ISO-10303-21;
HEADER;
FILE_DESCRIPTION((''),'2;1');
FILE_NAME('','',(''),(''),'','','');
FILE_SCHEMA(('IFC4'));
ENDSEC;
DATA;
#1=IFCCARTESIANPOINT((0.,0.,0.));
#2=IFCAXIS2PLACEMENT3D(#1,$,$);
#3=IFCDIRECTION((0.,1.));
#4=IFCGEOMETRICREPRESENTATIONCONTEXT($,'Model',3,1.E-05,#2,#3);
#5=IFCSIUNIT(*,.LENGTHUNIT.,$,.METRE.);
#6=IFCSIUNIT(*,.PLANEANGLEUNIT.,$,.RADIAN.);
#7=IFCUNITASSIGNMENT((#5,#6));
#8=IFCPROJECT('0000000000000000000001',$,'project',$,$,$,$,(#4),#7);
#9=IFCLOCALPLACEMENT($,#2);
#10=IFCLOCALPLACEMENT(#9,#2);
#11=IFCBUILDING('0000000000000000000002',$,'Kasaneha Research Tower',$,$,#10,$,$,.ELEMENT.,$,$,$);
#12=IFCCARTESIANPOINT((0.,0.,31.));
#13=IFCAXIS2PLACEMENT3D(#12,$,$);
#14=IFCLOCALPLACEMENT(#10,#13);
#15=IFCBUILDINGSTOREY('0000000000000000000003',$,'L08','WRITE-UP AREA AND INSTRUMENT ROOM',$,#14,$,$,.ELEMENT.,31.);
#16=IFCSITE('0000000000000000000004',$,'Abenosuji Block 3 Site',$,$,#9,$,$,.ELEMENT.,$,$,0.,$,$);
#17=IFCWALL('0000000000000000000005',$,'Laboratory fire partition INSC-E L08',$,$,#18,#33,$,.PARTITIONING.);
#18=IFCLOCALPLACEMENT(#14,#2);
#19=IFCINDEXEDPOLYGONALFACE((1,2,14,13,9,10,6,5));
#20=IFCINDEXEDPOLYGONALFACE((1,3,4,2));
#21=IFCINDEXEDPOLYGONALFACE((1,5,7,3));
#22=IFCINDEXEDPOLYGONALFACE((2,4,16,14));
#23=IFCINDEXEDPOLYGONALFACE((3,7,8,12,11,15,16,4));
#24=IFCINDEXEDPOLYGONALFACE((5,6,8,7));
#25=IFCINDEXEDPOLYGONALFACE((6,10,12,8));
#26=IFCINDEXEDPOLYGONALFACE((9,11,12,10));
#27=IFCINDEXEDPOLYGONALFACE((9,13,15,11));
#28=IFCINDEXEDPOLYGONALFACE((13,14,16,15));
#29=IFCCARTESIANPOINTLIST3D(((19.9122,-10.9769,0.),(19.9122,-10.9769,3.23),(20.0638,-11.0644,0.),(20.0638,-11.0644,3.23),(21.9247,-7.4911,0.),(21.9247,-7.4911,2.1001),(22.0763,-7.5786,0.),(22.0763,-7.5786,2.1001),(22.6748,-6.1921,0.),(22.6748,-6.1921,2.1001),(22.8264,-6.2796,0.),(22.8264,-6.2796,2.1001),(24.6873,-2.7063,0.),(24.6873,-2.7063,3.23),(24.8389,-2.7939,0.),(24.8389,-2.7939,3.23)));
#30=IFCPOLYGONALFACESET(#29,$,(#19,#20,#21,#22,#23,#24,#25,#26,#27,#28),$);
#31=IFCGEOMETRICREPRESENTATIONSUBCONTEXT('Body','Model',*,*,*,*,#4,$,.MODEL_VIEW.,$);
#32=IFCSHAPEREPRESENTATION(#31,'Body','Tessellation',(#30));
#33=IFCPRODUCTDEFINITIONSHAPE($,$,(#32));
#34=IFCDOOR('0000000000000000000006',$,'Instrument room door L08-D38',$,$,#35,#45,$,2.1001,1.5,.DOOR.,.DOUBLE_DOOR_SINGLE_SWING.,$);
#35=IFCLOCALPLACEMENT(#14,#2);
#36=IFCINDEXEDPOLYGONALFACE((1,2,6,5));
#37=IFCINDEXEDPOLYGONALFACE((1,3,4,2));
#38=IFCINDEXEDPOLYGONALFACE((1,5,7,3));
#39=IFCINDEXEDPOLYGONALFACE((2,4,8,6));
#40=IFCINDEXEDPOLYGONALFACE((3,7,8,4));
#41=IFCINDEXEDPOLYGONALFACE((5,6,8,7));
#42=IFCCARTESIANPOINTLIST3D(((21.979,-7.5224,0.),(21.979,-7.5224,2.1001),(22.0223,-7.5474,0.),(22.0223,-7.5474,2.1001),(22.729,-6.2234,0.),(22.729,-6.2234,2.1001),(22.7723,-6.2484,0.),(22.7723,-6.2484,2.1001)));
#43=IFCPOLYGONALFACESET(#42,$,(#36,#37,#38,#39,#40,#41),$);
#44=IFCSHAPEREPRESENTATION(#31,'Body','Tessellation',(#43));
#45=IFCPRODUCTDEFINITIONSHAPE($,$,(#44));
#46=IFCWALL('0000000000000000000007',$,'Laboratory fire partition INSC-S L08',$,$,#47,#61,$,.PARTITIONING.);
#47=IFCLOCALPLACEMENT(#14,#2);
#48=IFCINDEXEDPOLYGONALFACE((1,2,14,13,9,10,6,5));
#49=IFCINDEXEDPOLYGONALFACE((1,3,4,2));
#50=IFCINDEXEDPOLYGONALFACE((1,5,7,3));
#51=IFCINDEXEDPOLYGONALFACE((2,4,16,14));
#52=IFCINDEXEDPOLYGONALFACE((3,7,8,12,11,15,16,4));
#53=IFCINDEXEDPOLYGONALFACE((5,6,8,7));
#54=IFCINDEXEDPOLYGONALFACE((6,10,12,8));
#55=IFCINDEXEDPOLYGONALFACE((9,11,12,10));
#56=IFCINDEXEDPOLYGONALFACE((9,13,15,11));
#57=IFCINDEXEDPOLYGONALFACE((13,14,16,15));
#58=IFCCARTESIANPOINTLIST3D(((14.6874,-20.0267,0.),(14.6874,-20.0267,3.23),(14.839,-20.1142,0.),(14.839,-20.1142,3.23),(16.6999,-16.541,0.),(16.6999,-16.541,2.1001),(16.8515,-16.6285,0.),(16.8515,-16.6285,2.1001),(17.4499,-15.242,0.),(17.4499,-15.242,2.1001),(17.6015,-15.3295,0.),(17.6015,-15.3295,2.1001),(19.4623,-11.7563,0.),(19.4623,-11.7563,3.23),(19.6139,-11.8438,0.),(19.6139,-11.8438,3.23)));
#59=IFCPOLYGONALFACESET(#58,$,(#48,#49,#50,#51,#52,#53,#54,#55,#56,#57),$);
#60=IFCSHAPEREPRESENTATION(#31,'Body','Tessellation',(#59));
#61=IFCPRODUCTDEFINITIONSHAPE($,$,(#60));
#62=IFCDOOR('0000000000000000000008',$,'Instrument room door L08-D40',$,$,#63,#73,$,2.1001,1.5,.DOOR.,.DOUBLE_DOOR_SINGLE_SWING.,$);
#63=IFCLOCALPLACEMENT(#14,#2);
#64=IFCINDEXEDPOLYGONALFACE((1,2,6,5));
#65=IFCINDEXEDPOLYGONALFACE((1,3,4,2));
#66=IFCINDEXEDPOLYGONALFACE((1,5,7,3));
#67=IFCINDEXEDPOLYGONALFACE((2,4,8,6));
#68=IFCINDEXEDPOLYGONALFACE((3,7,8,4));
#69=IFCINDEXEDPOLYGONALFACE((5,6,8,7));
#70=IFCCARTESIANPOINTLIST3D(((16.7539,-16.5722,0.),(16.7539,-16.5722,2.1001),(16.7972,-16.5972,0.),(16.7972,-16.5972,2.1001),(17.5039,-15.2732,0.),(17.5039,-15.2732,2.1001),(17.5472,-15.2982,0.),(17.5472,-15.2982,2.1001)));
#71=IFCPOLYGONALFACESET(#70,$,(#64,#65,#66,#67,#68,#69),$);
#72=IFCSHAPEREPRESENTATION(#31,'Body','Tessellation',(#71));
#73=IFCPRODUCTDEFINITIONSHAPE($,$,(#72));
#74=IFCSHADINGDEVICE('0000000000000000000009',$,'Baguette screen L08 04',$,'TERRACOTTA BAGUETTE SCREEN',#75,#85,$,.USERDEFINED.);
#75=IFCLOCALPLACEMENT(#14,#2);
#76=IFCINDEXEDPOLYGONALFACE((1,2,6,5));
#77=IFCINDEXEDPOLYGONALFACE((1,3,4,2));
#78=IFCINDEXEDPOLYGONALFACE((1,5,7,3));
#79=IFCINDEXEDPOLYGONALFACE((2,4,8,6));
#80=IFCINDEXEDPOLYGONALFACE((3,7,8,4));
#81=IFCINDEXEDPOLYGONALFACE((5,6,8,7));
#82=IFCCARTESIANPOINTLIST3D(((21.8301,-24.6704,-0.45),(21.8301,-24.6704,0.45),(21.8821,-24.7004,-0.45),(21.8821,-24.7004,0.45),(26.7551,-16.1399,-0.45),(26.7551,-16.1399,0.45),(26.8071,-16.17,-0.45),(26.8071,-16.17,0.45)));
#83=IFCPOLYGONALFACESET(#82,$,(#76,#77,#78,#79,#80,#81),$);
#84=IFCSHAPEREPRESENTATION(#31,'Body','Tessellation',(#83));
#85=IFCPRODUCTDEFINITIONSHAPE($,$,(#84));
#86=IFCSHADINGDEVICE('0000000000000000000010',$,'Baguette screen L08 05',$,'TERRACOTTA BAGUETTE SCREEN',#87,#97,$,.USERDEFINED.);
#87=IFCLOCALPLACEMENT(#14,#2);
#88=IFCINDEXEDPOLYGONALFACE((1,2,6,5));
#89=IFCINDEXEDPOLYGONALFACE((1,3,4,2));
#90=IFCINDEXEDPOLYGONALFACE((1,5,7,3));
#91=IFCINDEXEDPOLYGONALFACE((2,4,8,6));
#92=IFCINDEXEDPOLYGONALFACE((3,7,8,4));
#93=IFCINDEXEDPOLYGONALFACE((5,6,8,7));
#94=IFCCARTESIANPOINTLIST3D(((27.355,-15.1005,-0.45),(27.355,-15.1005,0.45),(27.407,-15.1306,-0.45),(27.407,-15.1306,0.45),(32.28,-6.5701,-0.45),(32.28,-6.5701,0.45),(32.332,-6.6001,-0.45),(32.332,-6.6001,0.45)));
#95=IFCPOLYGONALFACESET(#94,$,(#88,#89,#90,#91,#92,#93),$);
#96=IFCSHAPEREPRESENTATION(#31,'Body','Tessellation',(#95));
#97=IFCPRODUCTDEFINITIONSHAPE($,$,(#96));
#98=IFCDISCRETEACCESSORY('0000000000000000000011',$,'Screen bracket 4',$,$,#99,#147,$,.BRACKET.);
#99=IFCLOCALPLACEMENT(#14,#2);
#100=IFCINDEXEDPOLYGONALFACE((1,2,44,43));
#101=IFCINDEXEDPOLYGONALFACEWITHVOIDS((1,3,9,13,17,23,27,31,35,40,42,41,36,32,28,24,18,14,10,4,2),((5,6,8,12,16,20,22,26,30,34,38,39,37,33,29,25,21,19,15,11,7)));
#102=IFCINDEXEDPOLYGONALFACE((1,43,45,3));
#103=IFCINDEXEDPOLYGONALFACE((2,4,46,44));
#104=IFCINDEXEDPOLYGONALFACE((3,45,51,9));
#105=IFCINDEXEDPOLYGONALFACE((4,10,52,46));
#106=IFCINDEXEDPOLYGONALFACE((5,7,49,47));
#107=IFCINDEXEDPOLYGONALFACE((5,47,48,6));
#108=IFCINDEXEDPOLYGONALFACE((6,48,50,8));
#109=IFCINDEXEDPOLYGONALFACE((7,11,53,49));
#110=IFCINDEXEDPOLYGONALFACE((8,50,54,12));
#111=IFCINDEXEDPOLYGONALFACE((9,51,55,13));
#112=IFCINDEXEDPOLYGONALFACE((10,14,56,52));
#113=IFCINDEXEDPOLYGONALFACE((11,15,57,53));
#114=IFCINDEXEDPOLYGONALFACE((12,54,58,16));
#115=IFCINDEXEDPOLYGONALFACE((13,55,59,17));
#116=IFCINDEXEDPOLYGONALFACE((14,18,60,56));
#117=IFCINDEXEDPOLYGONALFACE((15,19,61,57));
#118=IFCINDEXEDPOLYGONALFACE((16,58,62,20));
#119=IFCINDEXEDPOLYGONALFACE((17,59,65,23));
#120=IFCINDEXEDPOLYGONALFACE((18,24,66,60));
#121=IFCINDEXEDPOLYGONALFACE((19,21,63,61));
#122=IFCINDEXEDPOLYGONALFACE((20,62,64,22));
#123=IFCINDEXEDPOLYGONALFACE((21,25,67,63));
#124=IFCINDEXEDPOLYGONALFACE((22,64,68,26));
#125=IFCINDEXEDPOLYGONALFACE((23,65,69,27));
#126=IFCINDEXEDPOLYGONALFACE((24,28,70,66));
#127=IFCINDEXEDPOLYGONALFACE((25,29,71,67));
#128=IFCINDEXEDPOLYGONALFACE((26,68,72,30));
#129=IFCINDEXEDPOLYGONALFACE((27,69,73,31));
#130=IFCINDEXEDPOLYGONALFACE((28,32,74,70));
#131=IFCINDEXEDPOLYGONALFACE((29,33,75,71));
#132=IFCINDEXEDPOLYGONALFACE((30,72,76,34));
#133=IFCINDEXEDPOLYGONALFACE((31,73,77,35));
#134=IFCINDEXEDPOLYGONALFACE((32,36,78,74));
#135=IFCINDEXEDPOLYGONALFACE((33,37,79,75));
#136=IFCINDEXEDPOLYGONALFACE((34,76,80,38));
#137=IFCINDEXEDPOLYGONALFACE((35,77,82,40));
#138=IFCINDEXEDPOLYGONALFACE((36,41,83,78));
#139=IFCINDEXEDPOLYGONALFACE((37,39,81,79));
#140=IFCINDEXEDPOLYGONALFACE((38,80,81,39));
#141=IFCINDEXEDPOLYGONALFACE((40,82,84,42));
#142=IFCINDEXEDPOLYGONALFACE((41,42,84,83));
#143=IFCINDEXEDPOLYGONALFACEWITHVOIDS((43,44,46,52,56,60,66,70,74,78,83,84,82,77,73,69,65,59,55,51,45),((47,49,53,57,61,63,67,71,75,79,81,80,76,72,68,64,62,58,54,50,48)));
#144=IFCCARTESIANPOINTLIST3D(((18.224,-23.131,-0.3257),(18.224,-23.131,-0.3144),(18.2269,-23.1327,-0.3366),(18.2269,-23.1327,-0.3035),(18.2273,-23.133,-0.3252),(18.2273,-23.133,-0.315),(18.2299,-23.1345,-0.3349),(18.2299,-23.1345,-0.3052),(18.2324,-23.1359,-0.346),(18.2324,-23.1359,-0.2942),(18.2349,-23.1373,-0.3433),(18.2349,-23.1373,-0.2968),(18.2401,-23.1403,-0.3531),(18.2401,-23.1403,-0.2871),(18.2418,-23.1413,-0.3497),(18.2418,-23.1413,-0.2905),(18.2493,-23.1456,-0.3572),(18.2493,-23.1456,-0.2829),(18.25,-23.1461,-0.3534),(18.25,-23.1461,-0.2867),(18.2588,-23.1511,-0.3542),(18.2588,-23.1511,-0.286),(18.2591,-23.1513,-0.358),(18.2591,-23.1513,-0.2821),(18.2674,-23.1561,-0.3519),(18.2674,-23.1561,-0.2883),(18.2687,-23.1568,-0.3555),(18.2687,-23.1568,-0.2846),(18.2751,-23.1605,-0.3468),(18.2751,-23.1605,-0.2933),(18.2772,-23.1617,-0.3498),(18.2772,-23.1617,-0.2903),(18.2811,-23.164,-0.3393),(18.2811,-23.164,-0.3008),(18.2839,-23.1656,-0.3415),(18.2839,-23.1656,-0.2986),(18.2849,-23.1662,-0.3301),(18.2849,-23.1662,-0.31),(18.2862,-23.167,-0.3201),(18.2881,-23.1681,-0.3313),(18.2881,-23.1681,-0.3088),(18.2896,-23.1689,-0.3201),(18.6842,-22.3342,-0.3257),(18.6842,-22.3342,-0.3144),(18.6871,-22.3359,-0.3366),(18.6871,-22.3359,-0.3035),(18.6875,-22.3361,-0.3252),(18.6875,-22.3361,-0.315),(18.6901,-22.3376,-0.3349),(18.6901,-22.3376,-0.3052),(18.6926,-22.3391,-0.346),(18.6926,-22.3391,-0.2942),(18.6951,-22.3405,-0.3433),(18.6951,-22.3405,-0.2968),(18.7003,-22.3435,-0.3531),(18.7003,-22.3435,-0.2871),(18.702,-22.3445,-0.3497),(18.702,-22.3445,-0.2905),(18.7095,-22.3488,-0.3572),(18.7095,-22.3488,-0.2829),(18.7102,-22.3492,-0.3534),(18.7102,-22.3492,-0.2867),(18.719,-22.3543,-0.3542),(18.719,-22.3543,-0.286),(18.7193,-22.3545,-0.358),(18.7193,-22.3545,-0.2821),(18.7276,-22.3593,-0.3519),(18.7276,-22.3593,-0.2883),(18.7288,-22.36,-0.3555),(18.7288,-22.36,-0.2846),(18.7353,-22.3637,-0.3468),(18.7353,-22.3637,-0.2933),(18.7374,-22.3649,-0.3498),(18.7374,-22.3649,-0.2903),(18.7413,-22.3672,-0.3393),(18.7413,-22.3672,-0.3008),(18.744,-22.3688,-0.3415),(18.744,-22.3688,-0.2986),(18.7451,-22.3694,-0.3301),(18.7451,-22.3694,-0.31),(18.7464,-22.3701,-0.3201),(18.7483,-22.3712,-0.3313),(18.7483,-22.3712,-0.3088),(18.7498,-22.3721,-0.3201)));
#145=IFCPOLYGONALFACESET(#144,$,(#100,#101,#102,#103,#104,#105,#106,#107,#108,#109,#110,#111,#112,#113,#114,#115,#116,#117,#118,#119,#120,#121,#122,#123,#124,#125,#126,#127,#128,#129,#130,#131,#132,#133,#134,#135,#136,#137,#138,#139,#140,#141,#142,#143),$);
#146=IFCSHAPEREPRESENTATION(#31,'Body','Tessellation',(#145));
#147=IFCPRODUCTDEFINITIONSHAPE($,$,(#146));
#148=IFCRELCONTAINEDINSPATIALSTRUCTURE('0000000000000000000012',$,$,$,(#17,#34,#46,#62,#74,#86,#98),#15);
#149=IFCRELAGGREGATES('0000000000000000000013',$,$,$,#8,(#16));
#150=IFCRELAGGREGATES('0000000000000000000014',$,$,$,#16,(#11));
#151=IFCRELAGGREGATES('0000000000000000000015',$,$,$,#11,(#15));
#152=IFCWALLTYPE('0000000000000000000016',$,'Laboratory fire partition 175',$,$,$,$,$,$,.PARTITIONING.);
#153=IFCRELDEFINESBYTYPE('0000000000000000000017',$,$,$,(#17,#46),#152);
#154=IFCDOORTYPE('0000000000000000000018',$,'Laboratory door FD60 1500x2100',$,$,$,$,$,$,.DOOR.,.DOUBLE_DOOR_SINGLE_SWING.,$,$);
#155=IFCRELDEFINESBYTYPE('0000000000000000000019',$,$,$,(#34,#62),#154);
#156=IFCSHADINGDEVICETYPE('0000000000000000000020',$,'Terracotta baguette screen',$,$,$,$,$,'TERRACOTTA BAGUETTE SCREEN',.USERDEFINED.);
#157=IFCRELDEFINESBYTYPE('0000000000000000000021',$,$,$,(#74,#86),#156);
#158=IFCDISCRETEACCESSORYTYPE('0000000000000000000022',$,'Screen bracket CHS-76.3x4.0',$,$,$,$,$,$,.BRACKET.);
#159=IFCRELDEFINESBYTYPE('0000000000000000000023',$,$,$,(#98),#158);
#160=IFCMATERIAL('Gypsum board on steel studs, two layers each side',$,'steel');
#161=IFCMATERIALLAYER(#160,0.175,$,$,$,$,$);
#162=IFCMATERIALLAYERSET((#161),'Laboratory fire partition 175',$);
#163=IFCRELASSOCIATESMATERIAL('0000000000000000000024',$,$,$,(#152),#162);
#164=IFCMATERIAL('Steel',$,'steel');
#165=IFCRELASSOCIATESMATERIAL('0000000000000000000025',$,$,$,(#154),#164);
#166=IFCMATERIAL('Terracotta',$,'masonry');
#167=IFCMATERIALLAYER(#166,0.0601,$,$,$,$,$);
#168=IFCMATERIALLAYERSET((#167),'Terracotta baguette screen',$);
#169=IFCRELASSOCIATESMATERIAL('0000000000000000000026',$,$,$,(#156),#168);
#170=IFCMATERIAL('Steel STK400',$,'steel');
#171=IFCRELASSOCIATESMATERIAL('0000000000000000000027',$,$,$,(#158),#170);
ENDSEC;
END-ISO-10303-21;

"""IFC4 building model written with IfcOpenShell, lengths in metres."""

from ifc_helpers import new_model, si_unit, direction, frame, frame_2d, origin, origin_2d, place, context, subcontext, project, spatial, rectangle, hollow_circle, extrude, material, layer, layer_set, material_profile, profile_set, type_object, element, fill, save


model = new_model("IFC4")

# Units and contexts
model_context = context("Model", 3, precision=1e-05, world=origin(), true_north=direction((0.0, 1.0)))
body_context = subcontext(model_context, "Body", "Model", "MODEL_VIEW")
ifc_project = project(units=[si_unit("LENGTHUNIT", "METRE"), si_unit("PLANEANGLEUNIT", "RADIAN")], contexts=[model_context])

# Site, building, storey
site_placement = place(None, origin())
site = spatial("IfcSite", under=ifc_project, at=site_placement, Name="Abenosuji Block 3 Site", CompositionType="ELEMENT", RefElevation=0.0)
building_placement = place(site_placement, origin())
building = spatial("IfcBuilding", under=site, at=building_placement, Name="Kasaneha Research Tower", CompositionType="ELEMENT")
storey_placement = place(building_placement, frame((0.0, 0.0, 31.0)))
storey = spatial("IfcBuildingStorey", under=building, at=storey_placement, Name="L08", Description="WRITE-UP AREA AND INSTRUMENT ROOM", CompositionType="ELEMENT", Elevation=31.0)

# Walls, openings, doors
ifc_material_1 = material(Name="Gypsum board on steel studs, two layers each side", Category="steel")
ifc_layer_1 = layer(ifc_material_1, 0.175)
ifc_layer_set_1 = layer_set([ifc_layer_1], Name="Laboratory fire partition 175")
wall_type = type_object("IfcWallType", Name="Laboratory fire partition 175", PredefinedType="PARTITIONING", material=ifc_layer_set_1)
wall_1_placement = place(storey_placement, frame((19.988, -11.0205, 0.0), z_axis=(0.0, 0.0, 1.0), x_axis=(0.500013, 0.866018, 0.0)))
wall_1 = element("IfcWall", 1, at=wall_1_placement, inside=storey, type_object=wall_type, Name="Laboratory fire partition INSC-E L08", PredefinedType="PARTITIONING", context=body_context, shape_type="SweptSolid", body=[
    extrude(rectangle(XDim=9.55, YDim=0.175, at=frame_2d((4.7749, 0.0))), origin(), (0.0, 0.0, 1.0), 3.23),
])
opening_1_placement = place(wall_1_placement, frame((4.0249, 0.0, 0.0)))
opening_1 = element("IfcOpeningElement", 2, at=opening_1_placement, cuts=wall_1, PredefinedType="OPENING", context=body_context, shape_type="SweptSolid", body=[
    extrude(rectangle(XDim=1.5, YDim=2.1001, at=frame_2d((0.75, 1.05))), frame((0.0, 0.0977, 0.0), z_axis=(0.0, -1.0, 0.0), x_axis=(1.0, 0.0, 0.0)), (0.0, 0.0, 1.0), 0.1951),
])
ifc_material_2 = material(Name="Steel", Category="steel")
door_type = type_object("IfcDoorType", Name="Laboratory door FD60 1500x2100", OperationType="DOUBLE_DOOR_SINGLE_SWING", PredefinedType="DOOR", material=ifc_material_2)
door_1_placement = place(opening_1_placement, origin())
door_1 = element("IfcDoor", 3, at=door_1_placement, inside=storey, type_object=door_type, Name="Instrument room door L08-D38", OperationType="DOUBLE_DOOR_SINGLE_SWING", OverallHeight=2.1001, OverallWidth=1.5, PredefinedType="DOOR", context=body_context, shape_type="SweptSolid", body=[
    extrude(rectangle(XDim=1.5, YDim=2.1001, at=frame_2d((0.75, 1.05))), frame((0.0, 0.0249, 0.0), z_axis=(0.0, -1.0, 0.0), x_axis=(1.0, 0.0, 0.0)), (0.0, 0.0, 1.0), 0.05),
])
fill(opening_1, door_1)
wall_2_placement = place(storey_placement, frame((19.5381, -11.8, 0.0), z_axis=(0.0, 0.0, 1.0), x_axis=(-0.499994, -0.866029, 0.0)))
wall_2 = element("IfcWall", 4, at=wall_2_placement, inside=storey, type_object=wall_type, Name="Laboratory fire partition INSC-S L08", PredefinedType="PARTITIONING", context=body_context, shape_type="SweptSolid", body=[
    extrude(rectangle(XDim=9.5498, YDim=0.175, at=frame_2d((4.7749, 0.0))), origin(), (0.0, 0.0, 1.0), 3.23),
])
opening_2_placement = place(wall_2_placement, frame((4.0249, 0.0, 0.0)))
opening_2 = element("IfcOpeningElement", 5, at=opening_2_placement, cuts=wall_2, PredefinedType="OPENING", context=body_context, shape_type="SweptSolid", body=[
    extrude(rectangle(XDim=1.5, YDim=2.1001, at=frame_2d((0.75, 1.05))), frame((0.0, 0.0977, 0.0), z_axis=(0.0, -1.0, 0.0), x_axis=(1.0, 0.0, 0.0)), (0.0, 0.0, 1.0), 0.1951),
])
door_2_placement = place(opening_2_placement, origin())
door_2 = element("IfcDoor", 6, at=door_2_placement, inside=storey, type_object=door_type, Name="Instrument room door L08-D40", OperationType="DOUBLE_DOOR_SINGLE_SWING", OverallHeight=2.1001, OverallWidth=1.5, PredefinedType="DOOR", context=body_context, shape_type="SweptSolid", body=[
    extrude(rectangle(XDim=1.5, YDim=2.1001, at=frame_2d((0.75, 1.05))), frame((0.0, 0.0249, 0.0), z_axis=(0.0, -1.0, 0.0), x_axis=(1.0, 0.0, 0.0)), (0.0, 0.0, 1.0), 0.05),
])
fill(opening_2, door_2)

# Shading devices
ifc_material_3 = material(Name="Terracotta", Category="masonry")
ifc_layer_2 = layer(ifc_material_3, 0.0601)
ifc_layer_set_2 = layer_set([ifc_layer_2], Name="Terracotta baguette screen")
shading_device_type = type_object("IfcShadingDeviceType", Name="Terracotta baguette screen", ElementType="TERRACOTTA BAGUETTE SCREEN", PredefinedType="USERDEFINED", material=ifc_layer_set_2)
for number, where, z_axis, x_axis, name in (
    (7, (24.3186, -20.4202, -0.45), (0.0, 0.0, 1.0), (0.5, 0.866025, 0.0), "Baguette screen L08 04"),
    (8, (29.8435, -10.8503, -0.45), (0.0, 0.0, 1.0), (0.5, 0.866025, 0.0), "Baguette screen L08 05"),
):
    element("IfcShadingDevice", number, at=place(storey_placement, frame(where, z_axis=z_axis, x_axis=x_axis)), inside=storey, type_object=shading_device_type, Name=name, ObjectType="TERRACOTTA BAGUETTE SCREEN", PredefinedType="USERDEFINED", context=body_context, shape_type="SweptSolid", body=[
        extrude(rectangle(XDim=9.8501, YDim=0.0601, at=origin_2d()), origin(), (0.0, 0.0, 1.0), 0.8999),
    ])

# Discrete accessory
ifc_material_4 = material(Name="Steel STK400", Category="steel")
ifc_material_profile_1 = material_profile(ifc_material_4, hollow_circle(Radius=0.0381, WallThickness=0.0039, at=origin_2d()), Name="CHS-76.3x4.0")
ifc_profile_set_1 = profile_set([ifc_material_profile_1], Name="Steel STK400")
discrete_accessory_type = type_object("IfcDiscreteAccessoryType", Name="Screen bracket CHS-76.3x4.0", PredefinedType="BRACKET", material=ifc_profile_set_1)
discrete_accessory_1_placement = place(storey_placement, frame((18.7168, -22.353, -0.3201), z_axis=(-0.500105, -0.865965, 0.0), x_axis=(0.865965, -0.500105, 0.0)))
element("IfcDiscreteAccessory", 9, at=discrete_accessory_1_placement, inside=storey, type_object=discrete_accessory_type, Name="Screen bracket 4", PredefinedType="BRACKET", context=body_context, shape_type="SweptSolid", body=[
    extrude(hollow_circle(Radius=0.0381, WallThickness=0.0039, at=origin_2d()), origin(), (0.0, 0.0, 1.0), 0.9202),
])

save(model, "model.ifc")
